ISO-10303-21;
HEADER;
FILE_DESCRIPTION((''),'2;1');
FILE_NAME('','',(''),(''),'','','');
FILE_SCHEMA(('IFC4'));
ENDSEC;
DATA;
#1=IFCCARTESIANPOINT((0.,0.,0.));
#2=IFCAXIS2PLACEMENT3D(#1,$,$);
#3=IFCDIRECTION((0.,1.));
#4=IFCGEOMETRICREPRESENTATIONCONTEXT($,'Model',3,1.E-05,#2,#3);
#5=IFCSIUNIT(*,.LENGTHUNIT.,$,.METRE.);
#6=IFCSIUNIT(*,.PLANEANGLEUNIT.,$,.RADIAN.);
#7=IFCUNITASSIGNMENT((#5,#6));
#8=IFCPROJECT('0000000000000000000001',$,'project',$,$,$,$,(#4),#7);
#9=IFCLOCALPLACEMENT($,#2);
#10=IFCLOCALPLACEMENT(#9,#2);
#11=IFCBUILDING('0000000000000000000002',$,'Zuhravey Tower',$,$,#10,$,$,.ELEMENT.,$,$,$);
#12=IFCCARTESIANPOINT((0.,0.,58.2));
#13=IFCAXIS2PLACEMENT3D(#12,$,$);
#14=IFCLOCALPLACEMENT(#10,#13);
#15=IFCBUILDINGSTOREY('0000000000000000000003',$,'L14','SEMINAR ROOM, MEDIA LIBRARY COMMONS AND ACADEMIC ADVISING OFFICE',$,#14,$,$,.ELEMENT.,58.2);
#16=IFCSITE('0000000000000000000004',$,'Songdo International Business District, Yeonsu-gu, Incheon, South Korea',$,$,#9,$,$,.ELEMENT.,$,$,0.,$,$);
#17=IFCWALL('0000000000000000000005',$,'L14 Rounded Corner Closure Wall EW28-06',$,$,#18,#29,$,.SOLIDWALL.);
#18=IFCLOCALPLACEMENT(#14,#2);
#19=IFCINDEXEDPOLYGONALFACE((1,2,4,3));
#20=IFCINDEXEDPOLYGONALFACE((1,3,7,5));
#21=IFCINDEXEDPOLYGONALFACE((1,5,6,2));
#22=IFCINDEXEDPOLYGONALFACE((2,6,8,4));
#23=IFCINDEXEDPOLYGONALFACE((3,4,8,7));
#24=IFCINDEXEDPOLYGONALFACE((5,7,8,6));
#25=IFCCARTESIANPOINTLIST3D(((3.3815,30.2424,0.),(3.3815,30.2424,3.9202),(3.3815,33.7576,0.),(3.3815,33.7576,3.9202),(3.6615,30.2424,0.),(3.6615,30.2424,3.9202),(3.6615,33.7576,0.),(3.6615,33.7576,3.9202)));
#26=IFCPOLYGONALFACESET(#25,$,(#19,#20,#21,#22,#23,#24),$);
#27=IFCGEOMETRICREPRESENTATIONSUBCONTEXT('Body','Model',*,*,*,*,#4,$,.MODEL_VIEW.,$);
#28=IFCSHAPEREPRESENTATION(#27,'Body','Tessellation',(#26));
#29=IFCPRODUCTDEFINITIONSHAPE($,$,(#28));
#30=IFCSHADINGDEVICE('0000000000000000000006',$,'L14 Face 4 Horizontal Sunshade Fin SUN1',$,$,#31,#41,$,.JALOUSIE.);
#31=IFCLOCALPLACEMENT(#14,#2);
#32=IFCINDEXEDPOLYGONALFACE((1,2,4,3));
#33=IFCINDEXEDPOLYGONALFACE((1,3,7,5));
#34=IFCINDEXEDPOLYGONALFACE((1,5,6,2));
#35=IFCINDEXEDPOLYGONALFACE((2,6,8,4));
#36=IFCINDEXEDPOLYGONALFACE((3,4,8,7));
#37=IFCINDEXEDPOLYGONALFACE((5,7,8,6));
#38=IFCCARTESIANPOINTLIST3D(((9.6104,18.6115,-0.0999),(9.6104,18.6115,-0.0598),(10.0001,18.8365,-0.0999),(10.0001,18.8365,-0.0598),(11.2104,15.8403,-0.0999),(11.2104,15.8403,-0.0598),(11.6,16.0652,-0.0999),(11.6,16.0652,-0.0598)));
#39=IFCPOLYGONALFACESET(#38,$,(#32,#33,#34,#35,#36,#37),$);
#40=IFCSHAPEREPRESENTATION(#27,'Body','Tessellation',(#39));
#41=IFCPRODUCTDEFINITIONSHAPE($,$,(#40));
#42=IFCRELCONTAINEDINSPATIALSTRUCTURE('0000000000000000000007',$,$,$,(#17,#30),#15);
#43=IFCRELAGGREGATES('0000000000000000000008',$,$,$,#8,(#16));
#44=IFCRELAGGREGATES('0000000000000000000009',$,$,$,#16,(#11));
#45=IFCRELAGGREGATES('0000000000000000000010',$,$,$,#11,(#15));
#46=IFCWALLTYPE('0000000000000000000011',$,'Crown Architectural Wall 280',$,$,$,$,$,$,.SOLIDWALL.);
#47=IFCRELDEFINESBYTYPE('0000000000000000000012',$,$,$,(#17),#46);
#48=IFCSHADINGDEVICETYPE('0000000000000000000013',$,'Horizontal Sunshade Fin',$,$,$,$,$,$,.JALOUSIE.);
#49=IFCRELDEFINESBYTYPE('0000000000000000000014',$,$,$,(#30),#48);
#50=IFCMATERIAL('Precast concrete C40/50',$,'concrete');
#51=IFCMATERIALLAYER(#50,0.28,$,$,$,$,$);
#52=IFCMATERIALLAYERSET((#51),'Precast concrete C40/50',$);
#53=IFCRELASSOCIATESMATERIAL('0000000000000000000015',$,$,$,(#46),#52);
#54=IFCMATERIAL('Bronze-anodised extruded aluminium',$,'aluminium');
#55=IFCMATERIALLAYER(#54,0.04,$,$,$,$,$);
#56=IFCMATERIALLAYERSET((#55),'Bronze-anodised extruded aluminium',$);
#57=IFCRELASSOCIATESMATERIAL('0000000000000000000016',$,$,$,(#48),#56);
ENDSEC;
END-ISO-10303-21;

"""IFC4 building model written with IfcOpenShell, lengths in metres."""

from ifc_helpers import new_model, si_unit, direction, frame, frame_2d, origin, origin_2d, place, context, subcontext, project, spatial, rectangle, extrude, material, layer, layer_set, type_object, element, save


model = new_model("IFC4")

# Units and contexts
model_context = context("Model", 3, precision=1e-05, world=origin(), true_north=direction((0.0, 1.0)))
body_context = subcontext(model_context, "Body", "Model", "MODEL_VIEW")
ifc_project = project(units=[si_unit("LENGTHUNIT", "METRE"), si_unit("PLANEANGLEUNIT", "RADIAN")], contexts=[model_context])

# Site, building, storey
site_placement = place(None, origin())
site = spatial("IfcSite", under=ifc_project, at=site_placement, Name="Songdo International Business District, Yeonsu-gu, Incheon, South Korea", CompositionType="ELEMENT", RefElevation=0.0)
building_placement = place(site_placement, origin())
building = spatial("IfcBuilding", under=site, at=building_placement, Name="Zuhravey Tower", CompositionType="ELEMENT")
storey_placement = place(building_placement, frame((0.0, 0.0, 58.2)))
storey = spatial("IfcBuildingStorey", under=building, at=storey_placement, Name="L14", Description="SEMINAR ROOM, MEDIA LIBRARY COMMONS AND ACADEMIC ADVISING OFFICE", CompositionType="ELEMENT", Elevation=58.2)

# Wall
ifc_material_1 = material(Name="Precast concrete C40/50", Category="concrete")
ifc_layer_1 = layer(ifc_material_1, 0.28)
ifc_layer_set_1 = layer_set([ifc_layer_1], Name="Precast concrete C40/50")
wall_type = type_object("IfcWallType", Name="Crown Architectural Wall 280", PredefinedType="SOLIDWALL", material=ifc_layer_set_1)
wall_1_placement = place(storey_placement, frame((3.5215, 30.2424, 0.0), z_axis=(0.0, 0.0, 1.0), x_axis=(0.0, 1.0, 0.0)))
element("IfcWall", 1, at=wall_1_placement, inside=storey, type_object=wall_type, Name="L14 Rounded Corner Closure Wall EW28-06", PredefinedType="SOLIDWALL", context=body_context, shape_type="SweptSolid", body=[
    extrude(rectangle(XDim=3.5151, YDim=0.28, at=frame_2d((1.7576, 0.0))), origin(), (0.0, 0.0, 1.0), 3.9202),
])

# Shading device
ifc_material_2 = material(Name="Bronze-anodised extruded aluminium", Category="aluminium")
ifc_layer_2 = layer(ifc_material_2, 0.04)
ifc_layer_set_2 = layer_set([ifc_layer_2], Name="Bronze-anodised extruded aluminium")
shading_device_type = type_object("IfcShadingDeviceType", Name="Horizontal Sunshade Fin", PredefinedType="JALOUSIE", material=ifc_layer_set_2)
shading_device_placement = place(storey_placement, frame((10.6052, 17.3384, -0.0999), z_axis=(0.0, 0.0, 1.0), x_axis=(-0.5, 0.866025, 0.0)))
element("IfcShadingDevice", 2, at=shading_device_placement, inside=storey, type_object=shading_device_type, Name="L14 Face 4 Horizontal Sunshade Fin SUN1", PredefinedType="JALOUSIE", context=body_context, shape_type="SweptSolid", body=[
    extrude(rectangle(XDim=3.2, YDim=0.45, at=origin_2d()), origin(), (0.0, 0.0, 1.0), 0.04),
])

save(model, "model.ifc")
